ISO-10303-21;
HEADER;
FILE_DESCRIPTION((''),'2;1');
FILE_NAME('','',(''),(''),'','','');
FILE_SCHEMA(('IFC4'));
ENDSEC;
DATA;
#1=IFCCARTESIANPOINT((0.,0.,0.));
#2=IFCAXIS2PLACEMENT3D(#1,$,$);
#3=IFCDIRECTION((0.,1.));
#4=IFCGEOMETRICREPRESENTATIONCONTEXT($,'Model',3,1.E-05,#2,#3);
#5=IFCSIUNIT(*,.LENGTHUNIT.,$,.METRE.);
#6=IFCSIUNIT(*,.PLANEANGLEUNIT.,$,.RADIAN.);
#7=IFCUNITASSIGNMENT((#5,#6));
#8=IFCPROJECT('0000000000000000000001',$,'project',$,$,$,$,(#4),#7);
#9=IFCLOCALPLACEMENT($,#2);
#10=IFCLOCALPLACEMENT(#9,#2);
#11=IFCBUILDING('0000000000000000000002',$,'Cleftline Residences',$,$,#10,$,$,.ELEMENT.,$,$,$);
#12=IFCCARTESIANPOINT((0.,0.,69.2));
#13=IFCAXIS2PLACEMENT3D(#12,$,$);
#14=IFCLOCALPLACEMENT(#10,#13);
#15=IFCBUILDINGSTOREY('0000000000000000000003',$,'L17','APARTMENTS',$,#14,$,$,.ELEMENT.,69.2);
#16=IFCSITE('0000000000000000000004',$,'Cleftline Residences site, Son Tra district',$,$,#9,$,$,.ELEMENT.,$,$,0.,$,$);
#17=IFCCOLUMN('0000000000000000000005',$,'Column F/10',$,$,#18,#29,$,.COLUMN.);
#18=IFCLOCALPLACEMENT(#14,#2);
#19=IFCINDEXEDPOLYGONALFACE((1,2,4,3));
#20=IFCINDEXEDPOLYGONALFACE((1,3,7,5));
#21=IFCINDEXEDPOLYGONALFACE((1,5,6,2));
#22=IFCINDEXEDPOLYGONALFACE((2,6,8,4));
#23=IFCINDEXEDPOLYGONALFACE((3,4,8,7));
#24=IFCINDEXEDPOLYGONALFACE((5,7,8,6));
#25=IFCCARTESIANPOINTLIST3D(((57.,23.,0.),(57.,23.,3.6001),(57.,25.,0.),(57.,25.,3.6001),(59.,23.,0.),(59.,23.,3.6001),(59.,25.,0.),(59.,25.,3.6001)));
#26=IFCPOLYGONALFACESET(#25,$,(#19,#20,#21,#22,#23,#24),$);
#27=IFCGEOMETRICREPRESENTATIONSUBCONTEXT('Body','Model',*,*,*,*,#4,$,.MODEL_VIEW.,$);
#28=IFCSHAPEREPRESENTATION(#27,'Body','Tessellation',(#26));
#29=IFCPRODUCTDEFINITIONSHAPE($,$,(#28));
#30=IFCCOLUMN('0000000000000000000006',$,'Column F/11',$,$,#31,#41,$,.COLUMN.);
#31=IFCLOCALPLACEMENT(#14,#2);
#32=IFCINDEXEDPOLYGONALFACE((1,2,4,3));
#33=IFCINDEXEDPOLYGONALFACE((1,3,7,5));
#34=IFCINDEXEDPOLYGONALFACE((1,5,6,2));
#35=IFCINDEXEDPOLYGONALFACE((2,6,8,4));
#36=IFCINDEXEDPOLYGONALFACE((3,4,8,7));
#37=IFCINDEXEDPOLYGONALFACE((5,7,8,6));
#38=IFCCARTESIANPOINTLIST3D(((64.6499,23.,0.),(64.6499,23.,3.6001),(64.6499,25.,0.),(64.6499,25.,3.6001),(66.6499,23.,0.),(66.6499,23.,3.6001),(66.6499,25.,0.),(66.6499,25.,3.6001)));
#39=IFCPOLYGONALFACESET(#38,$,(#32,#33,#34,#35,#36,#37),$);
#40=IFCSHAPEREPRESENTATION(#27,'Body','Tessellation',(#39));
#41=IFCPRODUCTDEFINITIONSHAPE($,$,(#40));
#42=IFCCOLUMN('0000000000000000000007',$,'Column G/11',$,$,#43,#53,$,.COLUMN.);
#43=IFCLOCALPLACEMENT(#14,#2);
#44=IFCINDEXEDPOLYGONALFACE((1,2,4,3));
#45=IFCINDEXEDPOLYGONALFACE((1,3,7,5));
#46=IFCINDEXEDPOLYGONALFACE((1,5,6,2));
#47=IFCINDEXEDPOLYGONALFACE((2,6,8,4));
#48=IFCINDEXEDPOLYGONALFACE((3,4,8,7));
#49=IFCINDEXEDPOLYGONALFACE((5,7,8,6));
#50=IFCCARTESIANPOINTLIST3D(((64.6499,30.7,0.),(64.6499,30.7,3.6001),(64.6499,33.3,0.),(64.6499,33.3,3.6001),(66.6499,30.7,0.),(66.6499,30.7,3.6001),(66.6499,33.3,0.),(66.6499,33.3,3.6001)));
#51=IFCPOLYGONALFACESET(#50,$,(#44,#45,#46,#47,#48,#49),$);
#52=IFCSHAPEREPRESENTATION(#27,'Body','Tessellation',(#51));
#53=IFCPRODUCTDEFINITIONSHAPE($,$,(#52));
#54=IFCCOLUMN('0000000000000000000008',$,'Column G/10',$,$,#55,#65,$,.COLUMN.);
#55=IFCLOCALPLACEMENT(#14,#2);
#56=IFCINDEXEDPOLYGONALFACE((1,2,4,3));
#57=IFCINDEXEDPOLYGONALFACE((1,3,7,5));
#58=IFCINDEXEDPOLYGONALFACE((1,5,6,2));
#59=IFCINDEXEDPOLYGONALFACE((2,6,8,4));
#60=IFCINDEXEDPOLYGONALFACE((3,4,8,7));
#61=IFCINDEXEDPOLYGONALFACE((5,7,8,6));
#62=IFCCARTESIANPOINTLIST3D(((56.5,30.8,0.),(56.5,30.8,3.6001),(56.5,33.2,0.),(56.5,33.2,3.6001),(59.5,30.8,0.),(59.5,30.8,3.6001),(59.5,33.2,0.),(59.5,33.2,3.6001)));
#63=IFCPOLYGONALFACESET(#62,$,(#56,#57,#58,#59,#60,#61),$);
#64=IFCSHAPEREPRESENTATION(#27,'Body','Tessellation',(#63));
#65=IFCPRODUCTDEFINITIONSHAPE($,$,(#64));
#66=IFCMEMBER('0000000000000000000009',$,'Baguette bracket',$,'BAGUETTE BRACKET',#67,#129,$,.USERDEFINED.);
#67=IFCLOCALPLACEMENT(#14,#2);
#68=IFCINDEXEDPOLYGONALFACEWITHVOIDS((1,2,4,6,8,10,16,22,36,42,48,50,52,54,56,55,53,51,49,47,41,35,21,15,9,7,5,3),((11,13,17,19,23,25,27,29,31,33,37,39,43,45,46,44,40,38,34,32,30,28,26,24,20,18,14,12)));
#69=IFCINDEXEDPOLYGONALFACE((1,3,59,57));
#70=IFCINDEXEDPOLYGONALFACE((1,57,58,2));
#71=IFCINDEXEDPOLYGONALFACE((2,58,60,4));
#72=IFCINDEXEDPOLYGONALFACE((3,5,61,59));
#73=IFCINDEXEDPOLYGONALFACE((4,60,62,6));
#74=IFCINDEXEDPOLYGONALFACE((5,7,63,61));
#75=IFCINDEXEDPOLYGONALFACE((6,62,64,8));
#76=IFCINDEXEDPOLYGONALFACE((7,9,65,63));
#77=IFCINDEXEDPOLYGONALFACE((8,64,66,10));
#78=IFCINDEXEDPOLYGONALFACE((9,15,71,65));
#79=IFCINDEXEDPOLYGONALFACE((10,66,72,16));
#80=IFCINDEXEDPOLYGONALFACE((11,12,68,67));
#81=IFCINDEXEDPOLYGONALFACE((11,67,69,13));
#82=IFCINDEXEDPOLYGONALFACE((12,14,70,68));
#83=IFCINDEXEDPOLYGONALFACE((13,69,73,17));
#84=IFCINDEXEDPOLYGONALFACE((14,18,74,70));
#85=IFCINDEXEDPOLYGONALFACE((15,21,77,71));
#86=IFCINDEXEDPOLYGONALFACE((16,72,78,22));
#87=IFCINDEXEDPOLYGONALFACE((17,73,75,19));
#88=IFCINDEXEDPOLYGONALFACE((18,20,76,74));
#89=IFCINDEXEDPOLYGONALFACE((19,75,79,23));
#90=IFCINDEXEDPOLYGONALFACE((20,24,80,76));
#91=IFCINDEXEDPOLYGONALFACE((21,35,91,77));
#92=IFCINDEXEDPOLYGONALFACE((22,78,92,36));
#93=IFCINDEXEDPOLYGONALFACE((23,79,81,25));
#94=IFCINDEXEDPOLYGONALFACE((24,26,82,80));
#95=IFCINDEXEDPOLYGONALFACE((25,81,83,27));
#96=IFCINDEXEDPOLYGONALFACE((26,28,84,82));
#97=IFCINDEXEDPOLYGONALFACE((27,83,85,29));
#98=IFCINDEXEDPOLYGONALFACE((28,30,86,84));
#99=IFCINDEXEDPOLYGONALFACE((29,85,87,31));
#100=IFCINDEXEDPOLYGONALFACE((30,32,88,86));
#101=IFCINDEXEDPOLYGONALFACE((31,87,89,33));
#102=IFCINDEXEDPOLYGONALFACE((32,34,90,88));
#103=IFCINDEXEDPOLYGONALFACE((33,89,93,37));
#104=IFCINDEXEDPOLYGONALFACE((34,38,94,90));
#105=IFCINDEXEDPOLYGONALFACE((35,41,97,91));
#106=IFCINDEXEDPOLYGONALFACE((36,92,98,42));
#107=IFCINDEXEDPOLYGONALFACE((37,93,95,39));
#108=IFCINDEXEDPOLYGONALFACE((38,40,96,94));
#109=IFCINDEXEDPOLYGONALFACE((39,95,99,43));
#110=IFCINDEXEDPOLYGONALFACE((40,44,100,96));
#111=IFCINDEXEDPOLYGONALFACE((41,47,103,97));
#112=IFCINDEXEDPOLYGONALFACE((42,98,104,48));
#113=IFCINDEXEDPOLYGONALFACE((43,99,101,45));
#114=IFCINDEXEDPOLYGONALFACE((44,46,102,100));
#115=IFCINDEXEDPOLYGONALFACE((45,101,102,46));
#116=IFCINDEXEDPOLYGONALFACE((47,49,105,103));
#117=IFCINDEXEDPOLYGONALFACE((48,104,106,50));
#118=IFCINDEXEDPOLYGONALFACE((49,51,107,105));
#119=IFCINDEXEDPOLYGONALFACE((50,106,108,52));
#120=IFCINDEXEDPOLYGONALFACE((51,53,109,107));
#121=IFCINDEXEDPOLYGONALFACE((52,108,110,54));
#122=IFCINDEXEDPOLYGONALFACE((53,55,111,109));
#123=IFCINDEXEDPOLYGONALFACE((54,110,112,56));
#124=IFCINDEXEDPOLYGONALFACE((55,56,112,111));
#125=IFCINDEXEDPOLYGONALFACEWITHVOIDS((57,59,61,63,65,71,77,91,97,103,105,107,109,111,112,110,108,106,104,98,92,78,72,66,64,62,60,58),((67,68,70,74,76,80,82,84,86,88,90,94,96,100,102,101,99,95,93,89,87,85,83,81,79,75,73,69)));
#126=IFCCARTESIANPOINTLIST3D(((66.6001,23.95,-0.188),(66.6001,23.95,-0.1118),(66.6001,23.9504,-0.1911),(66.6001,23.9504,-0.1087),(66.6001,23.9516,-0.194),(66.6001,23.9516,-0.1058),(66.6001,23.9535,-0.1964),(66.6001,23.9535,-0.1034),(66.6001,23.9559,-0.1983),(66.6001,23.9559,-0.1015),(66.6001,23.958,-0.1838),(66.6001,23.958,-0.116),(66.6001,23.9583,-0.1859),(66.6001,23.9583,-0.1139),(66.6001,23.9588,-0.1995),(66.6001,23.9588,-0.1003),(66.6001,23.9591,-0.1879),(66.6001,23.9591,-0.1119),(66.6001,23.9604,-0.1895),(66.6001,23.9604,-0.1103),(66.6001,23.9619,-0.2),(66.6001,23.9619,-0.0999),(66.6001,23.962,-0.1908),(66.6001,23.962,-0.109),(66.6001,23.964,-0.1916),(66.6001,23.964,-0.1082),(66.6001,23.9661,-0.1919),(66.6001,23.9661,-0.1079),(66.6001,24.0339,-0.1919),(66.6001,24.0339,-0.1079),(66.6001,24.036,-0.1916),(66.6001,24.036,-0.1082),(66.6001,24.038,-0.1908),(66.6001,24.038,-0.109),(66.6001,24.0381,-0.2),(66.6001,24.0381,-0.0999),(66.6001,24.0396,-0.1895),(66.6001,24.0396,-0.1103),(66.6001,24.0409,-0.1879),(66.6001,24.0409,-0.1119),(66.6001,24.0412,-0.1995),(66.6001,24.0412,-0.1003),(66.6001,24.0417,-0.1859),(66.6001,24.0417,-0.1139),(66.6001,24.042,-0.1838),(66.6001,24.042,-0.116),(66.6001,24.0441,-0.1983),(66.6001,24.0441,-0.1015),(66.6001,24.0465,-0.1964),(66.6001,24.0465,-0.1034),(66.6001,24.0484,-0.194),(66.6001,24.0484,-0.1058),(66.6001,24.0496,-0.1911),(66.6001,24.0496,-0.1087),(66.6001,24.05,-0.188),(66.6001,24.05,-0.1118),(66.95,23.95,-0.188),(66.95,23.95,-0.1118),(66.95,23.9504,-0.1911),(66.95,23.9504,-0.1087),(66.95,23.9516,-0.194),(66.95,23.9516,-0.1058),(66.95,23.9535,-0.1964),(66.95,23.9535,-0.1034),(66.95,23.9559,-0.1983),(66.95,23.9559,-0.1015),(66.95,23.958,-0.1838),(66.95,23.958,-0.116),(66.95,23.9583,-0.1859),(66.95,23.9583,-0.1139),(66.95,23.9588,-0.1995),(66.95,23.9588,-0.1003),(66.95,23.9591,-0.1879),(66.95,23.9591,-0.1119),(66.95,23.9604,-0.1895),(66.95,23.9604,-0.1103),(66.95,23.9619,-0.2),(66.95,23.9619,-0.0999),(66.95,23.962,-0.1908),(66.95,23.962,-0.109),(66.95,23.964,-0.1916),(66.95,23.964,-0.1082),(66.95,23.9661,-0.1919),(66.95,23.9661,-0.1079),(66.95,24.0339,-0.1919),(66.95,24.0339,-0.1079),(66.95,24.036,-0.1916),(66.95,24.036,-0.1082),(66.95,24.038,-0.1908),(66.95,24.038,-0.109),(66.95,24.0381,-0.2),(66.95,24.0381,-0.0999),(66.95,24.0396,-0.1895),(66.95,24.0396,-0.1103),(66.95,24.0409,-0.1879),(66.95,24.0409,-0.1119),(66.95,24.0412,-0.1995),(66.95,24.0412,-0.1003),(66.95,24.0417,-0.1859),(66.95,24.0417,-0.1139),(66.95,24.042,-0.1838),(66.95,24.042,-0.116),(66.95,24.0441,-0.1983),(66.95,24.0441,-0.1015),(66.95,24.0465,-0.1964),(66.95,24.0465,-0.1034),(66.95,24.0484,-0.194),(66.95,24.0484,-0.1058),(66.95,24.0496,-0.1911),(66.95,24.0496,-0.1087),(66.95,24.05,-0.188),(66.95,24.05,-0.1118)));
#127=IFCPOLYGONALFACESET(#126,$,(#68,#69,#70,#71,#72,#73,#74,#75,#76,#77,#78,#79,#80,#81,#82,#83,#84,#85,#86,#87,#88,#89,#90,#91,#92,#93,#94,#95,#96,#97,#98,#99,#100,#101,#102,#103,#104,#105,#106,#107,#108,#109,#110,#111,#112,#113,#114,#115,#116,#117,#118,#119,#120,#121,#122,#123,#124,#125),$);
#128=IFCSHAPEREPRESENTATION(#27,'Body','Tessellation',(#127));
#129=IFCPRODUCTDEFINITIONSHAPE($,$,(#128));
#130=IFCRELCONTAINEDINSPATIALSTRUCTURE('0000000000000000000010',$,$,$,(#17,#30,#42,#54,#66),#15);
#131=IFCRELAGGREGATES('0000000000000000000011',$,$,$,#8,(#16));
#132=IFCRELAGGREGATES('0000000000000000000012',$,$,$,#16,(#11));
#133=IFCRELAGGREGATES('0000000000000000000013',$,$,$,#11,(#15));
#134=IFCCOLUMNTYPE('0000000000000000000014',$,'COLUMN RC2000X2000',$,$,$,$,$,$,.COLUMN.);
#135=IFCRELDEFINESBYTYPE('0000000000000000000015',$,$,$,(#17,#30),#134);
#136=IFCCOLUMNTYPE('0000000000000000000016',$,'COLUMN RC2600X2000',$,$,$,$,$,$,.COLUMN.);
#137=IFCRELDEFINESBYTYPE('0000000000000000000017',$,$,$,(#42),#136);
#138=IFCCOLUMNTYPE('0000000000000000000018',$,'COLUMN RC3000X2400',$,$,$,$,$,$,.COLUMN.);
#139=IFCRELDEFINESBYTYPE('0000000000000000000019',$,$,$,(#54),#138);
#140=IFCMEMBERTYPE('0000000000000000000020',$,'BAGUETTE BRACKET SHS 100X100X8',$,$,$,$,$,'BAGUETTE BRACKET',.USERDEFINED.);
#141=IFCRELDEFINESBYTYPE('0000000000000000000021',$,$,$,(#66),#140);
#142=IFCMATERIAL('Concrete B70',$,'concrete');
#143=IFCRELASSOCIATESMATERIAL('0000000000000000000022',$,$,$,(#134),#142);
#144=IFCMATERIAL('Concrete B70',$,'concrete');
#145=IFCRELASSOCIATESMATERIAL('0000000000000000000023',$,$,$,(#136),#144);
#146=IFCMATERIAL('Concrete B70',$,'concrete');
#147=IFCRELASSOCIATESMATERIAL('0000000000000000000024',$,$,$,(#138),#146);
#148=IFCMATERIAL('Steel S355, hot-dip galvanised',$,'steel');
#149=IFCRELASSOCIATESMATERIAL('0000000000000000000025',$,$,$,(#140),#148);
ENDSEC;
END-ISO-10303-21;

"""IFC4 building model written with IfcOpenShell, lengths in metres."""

from ifc_helpers import new_model, si_unit, direction, frame, origin, origin_2d, place, context, subcontext, project, spatial, rectangle, hollow_rectangle, extrude, material, material_profile, profile_set, type_object, element, save


model = new_model("IFC4")

# Units and contexts
model_context = context("Model", 3, precision=1e-05, world=origin(), true_north=direction((0.0, 1.0)))
body_context = subcontext(model_context, "Body", "Model", "MODEL_VIEW")
ifc_project = project(units=[si_unit("LENGTHUNIT", "METRE"), si_unit("PLANEANGLEUNIT", "RADIAN")], contexts=[model_context])

# Site, building, storey
site_placement = place(None, origin())
site = spatial("IfcSite", under=ifc_project, at=site_placement, Name="Cleftline Residences site, Son Tra district", CompositionType="ELEMENT", RefElevation=0.0)
building_placement = place(site_placement, origin())
building = spatial("IfcBuilding", under=site, at=building_placement, Name="Cleftline Residences", CompositionType="ELEMENT")
storey_placement = place(building_placement, frame((0.0, 0.0, 69.2)))
storey = spatial("IfcBuildingStorey", under=building, at=storey_placement, Name="L17", Description="APARTMENTS", CompositionType="ELEMENT", Elevation=69.2)

# Columns
ifc_material_1 = material(Name="Concrete B70", Category="concrete")
ifc_material_profile_1 = material_profile(ifc_material_1, rectangle(XDim=2.0, YDim=2.0, at=origin_2d()))
ifc_profile_set_1 = profile_set([ifc_material_profile_1], Name="Concrete B70")
column_type_1 = type_object("IfcColumnType", Name="COLUMN RC2000X2000", PredefinedType="COLUMN", material=ifc_profile_set_1)
for number, where, z_axis, x_axis, name in (
    (1, (58.0, 24.0, 0.0), (0.0, 0.0, 1.0), (1.0, 0.0, 0.0), "Column F/10"),
    (2, (65.6499, 24.0, 0.0), (0.0, 0.0, 1.0), (1.0, 0.0, 0.0), "Column F/11"),
):
    element("IfcColumn", number, at=place(storey_placement, frame(where, z_axis=z_axis, x_axis=x_axis)), inside=storey, type_object=column_type_1, Name=name, PredefinedType="COLUMN", context=body_context, shape_type="SweptSolid", body=[
        extrude(rectangle(XDim=2.0, YDim=2.0, at=origin_2d()), origin(), (0.0, 0.0, 1.0), 3.6001),
    ])
ifc_material_2 = material(Name="Concrete B70", Category="concrete")
ifc_material_profile_2 = material_profile(ifc_material_2, rectangle(XDim=2.6001, YDim=2.0, at=origin_2d()))
ifc_profile_set_2 = profile_set([ifc_material_profile_2], Name="Concrete B70")
column_type_2 = type_object("IfcColumnType", Name="COLUMN RC2600X2000", PredefinedType="COLUMN", material=ifc_profile_set_2)
column_1_placement = place(storey_placement, frame((65.6499, 32.0, 0.0), z_axis=(0.0, 0.0, 1.0), x_axis=(0.0, 1.0, 0.0)))
element("IfcColumn", 3, at=column_1_placement, inside=storey, type_object=column_type_2, Name="Column G/11", PredefinedType="COLUMN", context=body_context, shape_type="SweptSolid", body=[
    extrude(rectangle(XDim=2.6001, YDim=2.0, at=origin_2d()), origin(), (0.0, 0.0, 1.0), 3.6001),
])
ifc_material_3 = material(Name="Concrete B70", Category="concrete")
ifc_material_profile_3 = material_profile(ifc_material_3, rectangle(XDim=3.0, YDim=2.3999, at=origin_2d()))
ifc_profile_set_3 = profile_set([ifc_material_profile_3], Name="Concrete B70")
column_type_3 = type_object("IfcColumnType", Name="COLUMN RC3000X2400", PredefinedType="COLUMN", material=ifc_profile_set_3)
column_2_placement = place(storey_placement, frame((58.0, 32.0, 0.0), z_axis=(0.0, 0.0, 1.0), x_axis=(1.0, 0.0, 0.0)))
element("IfcColumn", 4, at=column_2_placement, inside=storey, type_object=column_type_3, Name="Column G/10", PredefinedType="COLUMN", context=body_context, shape_type="SweptSolid", body=[
    extrude(rectangle(XDim=3.0, YDim=2.3999, at=origin_2d()), origin(), (0.0, 0.0, 1.0), 3.6001),
])

# Member
ifc_material_4 = material(Name="Steel S355, hot-dip galvanised", Category="steel")
ifc_material_profile_4 = material_profile(ifc_material_4, hollow_rectangle(XDim=0.1001, YDim=0.1001, WallThickness=0.0081, InnerFilletRadius=0.0081, OuterFilletRadius=0.012, at=origin_2d()))
ifc_profile_set_4 = profile_set([ifc_material_profile_4], Name="Steel S355, hot-dip galvanised")
member_type_1 = type_object("IfcMemberType", Name="BAGUETTE BRACKET SHS 100X100X8", ElementType="BAGUETTE BRACKET", PredefinedType="USERDEFINED", material=ifc_profile_set_4)
member_1_placement = place(storey_placement, frame((66.6001, 24.0, -0.1499), z_axis=(1.0, 0.0, 0.0), x_axis=(0.0, 1.0, 0.0)))
element("IfcMember", 5, at=member_1_placement, inside=storey, type_object=member_type_1, Name="Baguette bracket", ObjectType="BAGUETTE BRACKET", PredefinedType="USERDEFINED", context=body_context, shape_type="SweptSolid", body=[
    extrude(hollow_rectangle(XDim=0.1001, YDim=0.1001, WallThickness=0.0081, InnerFilletRadius=0.0081, OuterFilletRadius=0.012, at=origin_2d()), origin(), (0.0, 0.0, 1.0), 0.3499),
])

save(model, "model.ifc")
